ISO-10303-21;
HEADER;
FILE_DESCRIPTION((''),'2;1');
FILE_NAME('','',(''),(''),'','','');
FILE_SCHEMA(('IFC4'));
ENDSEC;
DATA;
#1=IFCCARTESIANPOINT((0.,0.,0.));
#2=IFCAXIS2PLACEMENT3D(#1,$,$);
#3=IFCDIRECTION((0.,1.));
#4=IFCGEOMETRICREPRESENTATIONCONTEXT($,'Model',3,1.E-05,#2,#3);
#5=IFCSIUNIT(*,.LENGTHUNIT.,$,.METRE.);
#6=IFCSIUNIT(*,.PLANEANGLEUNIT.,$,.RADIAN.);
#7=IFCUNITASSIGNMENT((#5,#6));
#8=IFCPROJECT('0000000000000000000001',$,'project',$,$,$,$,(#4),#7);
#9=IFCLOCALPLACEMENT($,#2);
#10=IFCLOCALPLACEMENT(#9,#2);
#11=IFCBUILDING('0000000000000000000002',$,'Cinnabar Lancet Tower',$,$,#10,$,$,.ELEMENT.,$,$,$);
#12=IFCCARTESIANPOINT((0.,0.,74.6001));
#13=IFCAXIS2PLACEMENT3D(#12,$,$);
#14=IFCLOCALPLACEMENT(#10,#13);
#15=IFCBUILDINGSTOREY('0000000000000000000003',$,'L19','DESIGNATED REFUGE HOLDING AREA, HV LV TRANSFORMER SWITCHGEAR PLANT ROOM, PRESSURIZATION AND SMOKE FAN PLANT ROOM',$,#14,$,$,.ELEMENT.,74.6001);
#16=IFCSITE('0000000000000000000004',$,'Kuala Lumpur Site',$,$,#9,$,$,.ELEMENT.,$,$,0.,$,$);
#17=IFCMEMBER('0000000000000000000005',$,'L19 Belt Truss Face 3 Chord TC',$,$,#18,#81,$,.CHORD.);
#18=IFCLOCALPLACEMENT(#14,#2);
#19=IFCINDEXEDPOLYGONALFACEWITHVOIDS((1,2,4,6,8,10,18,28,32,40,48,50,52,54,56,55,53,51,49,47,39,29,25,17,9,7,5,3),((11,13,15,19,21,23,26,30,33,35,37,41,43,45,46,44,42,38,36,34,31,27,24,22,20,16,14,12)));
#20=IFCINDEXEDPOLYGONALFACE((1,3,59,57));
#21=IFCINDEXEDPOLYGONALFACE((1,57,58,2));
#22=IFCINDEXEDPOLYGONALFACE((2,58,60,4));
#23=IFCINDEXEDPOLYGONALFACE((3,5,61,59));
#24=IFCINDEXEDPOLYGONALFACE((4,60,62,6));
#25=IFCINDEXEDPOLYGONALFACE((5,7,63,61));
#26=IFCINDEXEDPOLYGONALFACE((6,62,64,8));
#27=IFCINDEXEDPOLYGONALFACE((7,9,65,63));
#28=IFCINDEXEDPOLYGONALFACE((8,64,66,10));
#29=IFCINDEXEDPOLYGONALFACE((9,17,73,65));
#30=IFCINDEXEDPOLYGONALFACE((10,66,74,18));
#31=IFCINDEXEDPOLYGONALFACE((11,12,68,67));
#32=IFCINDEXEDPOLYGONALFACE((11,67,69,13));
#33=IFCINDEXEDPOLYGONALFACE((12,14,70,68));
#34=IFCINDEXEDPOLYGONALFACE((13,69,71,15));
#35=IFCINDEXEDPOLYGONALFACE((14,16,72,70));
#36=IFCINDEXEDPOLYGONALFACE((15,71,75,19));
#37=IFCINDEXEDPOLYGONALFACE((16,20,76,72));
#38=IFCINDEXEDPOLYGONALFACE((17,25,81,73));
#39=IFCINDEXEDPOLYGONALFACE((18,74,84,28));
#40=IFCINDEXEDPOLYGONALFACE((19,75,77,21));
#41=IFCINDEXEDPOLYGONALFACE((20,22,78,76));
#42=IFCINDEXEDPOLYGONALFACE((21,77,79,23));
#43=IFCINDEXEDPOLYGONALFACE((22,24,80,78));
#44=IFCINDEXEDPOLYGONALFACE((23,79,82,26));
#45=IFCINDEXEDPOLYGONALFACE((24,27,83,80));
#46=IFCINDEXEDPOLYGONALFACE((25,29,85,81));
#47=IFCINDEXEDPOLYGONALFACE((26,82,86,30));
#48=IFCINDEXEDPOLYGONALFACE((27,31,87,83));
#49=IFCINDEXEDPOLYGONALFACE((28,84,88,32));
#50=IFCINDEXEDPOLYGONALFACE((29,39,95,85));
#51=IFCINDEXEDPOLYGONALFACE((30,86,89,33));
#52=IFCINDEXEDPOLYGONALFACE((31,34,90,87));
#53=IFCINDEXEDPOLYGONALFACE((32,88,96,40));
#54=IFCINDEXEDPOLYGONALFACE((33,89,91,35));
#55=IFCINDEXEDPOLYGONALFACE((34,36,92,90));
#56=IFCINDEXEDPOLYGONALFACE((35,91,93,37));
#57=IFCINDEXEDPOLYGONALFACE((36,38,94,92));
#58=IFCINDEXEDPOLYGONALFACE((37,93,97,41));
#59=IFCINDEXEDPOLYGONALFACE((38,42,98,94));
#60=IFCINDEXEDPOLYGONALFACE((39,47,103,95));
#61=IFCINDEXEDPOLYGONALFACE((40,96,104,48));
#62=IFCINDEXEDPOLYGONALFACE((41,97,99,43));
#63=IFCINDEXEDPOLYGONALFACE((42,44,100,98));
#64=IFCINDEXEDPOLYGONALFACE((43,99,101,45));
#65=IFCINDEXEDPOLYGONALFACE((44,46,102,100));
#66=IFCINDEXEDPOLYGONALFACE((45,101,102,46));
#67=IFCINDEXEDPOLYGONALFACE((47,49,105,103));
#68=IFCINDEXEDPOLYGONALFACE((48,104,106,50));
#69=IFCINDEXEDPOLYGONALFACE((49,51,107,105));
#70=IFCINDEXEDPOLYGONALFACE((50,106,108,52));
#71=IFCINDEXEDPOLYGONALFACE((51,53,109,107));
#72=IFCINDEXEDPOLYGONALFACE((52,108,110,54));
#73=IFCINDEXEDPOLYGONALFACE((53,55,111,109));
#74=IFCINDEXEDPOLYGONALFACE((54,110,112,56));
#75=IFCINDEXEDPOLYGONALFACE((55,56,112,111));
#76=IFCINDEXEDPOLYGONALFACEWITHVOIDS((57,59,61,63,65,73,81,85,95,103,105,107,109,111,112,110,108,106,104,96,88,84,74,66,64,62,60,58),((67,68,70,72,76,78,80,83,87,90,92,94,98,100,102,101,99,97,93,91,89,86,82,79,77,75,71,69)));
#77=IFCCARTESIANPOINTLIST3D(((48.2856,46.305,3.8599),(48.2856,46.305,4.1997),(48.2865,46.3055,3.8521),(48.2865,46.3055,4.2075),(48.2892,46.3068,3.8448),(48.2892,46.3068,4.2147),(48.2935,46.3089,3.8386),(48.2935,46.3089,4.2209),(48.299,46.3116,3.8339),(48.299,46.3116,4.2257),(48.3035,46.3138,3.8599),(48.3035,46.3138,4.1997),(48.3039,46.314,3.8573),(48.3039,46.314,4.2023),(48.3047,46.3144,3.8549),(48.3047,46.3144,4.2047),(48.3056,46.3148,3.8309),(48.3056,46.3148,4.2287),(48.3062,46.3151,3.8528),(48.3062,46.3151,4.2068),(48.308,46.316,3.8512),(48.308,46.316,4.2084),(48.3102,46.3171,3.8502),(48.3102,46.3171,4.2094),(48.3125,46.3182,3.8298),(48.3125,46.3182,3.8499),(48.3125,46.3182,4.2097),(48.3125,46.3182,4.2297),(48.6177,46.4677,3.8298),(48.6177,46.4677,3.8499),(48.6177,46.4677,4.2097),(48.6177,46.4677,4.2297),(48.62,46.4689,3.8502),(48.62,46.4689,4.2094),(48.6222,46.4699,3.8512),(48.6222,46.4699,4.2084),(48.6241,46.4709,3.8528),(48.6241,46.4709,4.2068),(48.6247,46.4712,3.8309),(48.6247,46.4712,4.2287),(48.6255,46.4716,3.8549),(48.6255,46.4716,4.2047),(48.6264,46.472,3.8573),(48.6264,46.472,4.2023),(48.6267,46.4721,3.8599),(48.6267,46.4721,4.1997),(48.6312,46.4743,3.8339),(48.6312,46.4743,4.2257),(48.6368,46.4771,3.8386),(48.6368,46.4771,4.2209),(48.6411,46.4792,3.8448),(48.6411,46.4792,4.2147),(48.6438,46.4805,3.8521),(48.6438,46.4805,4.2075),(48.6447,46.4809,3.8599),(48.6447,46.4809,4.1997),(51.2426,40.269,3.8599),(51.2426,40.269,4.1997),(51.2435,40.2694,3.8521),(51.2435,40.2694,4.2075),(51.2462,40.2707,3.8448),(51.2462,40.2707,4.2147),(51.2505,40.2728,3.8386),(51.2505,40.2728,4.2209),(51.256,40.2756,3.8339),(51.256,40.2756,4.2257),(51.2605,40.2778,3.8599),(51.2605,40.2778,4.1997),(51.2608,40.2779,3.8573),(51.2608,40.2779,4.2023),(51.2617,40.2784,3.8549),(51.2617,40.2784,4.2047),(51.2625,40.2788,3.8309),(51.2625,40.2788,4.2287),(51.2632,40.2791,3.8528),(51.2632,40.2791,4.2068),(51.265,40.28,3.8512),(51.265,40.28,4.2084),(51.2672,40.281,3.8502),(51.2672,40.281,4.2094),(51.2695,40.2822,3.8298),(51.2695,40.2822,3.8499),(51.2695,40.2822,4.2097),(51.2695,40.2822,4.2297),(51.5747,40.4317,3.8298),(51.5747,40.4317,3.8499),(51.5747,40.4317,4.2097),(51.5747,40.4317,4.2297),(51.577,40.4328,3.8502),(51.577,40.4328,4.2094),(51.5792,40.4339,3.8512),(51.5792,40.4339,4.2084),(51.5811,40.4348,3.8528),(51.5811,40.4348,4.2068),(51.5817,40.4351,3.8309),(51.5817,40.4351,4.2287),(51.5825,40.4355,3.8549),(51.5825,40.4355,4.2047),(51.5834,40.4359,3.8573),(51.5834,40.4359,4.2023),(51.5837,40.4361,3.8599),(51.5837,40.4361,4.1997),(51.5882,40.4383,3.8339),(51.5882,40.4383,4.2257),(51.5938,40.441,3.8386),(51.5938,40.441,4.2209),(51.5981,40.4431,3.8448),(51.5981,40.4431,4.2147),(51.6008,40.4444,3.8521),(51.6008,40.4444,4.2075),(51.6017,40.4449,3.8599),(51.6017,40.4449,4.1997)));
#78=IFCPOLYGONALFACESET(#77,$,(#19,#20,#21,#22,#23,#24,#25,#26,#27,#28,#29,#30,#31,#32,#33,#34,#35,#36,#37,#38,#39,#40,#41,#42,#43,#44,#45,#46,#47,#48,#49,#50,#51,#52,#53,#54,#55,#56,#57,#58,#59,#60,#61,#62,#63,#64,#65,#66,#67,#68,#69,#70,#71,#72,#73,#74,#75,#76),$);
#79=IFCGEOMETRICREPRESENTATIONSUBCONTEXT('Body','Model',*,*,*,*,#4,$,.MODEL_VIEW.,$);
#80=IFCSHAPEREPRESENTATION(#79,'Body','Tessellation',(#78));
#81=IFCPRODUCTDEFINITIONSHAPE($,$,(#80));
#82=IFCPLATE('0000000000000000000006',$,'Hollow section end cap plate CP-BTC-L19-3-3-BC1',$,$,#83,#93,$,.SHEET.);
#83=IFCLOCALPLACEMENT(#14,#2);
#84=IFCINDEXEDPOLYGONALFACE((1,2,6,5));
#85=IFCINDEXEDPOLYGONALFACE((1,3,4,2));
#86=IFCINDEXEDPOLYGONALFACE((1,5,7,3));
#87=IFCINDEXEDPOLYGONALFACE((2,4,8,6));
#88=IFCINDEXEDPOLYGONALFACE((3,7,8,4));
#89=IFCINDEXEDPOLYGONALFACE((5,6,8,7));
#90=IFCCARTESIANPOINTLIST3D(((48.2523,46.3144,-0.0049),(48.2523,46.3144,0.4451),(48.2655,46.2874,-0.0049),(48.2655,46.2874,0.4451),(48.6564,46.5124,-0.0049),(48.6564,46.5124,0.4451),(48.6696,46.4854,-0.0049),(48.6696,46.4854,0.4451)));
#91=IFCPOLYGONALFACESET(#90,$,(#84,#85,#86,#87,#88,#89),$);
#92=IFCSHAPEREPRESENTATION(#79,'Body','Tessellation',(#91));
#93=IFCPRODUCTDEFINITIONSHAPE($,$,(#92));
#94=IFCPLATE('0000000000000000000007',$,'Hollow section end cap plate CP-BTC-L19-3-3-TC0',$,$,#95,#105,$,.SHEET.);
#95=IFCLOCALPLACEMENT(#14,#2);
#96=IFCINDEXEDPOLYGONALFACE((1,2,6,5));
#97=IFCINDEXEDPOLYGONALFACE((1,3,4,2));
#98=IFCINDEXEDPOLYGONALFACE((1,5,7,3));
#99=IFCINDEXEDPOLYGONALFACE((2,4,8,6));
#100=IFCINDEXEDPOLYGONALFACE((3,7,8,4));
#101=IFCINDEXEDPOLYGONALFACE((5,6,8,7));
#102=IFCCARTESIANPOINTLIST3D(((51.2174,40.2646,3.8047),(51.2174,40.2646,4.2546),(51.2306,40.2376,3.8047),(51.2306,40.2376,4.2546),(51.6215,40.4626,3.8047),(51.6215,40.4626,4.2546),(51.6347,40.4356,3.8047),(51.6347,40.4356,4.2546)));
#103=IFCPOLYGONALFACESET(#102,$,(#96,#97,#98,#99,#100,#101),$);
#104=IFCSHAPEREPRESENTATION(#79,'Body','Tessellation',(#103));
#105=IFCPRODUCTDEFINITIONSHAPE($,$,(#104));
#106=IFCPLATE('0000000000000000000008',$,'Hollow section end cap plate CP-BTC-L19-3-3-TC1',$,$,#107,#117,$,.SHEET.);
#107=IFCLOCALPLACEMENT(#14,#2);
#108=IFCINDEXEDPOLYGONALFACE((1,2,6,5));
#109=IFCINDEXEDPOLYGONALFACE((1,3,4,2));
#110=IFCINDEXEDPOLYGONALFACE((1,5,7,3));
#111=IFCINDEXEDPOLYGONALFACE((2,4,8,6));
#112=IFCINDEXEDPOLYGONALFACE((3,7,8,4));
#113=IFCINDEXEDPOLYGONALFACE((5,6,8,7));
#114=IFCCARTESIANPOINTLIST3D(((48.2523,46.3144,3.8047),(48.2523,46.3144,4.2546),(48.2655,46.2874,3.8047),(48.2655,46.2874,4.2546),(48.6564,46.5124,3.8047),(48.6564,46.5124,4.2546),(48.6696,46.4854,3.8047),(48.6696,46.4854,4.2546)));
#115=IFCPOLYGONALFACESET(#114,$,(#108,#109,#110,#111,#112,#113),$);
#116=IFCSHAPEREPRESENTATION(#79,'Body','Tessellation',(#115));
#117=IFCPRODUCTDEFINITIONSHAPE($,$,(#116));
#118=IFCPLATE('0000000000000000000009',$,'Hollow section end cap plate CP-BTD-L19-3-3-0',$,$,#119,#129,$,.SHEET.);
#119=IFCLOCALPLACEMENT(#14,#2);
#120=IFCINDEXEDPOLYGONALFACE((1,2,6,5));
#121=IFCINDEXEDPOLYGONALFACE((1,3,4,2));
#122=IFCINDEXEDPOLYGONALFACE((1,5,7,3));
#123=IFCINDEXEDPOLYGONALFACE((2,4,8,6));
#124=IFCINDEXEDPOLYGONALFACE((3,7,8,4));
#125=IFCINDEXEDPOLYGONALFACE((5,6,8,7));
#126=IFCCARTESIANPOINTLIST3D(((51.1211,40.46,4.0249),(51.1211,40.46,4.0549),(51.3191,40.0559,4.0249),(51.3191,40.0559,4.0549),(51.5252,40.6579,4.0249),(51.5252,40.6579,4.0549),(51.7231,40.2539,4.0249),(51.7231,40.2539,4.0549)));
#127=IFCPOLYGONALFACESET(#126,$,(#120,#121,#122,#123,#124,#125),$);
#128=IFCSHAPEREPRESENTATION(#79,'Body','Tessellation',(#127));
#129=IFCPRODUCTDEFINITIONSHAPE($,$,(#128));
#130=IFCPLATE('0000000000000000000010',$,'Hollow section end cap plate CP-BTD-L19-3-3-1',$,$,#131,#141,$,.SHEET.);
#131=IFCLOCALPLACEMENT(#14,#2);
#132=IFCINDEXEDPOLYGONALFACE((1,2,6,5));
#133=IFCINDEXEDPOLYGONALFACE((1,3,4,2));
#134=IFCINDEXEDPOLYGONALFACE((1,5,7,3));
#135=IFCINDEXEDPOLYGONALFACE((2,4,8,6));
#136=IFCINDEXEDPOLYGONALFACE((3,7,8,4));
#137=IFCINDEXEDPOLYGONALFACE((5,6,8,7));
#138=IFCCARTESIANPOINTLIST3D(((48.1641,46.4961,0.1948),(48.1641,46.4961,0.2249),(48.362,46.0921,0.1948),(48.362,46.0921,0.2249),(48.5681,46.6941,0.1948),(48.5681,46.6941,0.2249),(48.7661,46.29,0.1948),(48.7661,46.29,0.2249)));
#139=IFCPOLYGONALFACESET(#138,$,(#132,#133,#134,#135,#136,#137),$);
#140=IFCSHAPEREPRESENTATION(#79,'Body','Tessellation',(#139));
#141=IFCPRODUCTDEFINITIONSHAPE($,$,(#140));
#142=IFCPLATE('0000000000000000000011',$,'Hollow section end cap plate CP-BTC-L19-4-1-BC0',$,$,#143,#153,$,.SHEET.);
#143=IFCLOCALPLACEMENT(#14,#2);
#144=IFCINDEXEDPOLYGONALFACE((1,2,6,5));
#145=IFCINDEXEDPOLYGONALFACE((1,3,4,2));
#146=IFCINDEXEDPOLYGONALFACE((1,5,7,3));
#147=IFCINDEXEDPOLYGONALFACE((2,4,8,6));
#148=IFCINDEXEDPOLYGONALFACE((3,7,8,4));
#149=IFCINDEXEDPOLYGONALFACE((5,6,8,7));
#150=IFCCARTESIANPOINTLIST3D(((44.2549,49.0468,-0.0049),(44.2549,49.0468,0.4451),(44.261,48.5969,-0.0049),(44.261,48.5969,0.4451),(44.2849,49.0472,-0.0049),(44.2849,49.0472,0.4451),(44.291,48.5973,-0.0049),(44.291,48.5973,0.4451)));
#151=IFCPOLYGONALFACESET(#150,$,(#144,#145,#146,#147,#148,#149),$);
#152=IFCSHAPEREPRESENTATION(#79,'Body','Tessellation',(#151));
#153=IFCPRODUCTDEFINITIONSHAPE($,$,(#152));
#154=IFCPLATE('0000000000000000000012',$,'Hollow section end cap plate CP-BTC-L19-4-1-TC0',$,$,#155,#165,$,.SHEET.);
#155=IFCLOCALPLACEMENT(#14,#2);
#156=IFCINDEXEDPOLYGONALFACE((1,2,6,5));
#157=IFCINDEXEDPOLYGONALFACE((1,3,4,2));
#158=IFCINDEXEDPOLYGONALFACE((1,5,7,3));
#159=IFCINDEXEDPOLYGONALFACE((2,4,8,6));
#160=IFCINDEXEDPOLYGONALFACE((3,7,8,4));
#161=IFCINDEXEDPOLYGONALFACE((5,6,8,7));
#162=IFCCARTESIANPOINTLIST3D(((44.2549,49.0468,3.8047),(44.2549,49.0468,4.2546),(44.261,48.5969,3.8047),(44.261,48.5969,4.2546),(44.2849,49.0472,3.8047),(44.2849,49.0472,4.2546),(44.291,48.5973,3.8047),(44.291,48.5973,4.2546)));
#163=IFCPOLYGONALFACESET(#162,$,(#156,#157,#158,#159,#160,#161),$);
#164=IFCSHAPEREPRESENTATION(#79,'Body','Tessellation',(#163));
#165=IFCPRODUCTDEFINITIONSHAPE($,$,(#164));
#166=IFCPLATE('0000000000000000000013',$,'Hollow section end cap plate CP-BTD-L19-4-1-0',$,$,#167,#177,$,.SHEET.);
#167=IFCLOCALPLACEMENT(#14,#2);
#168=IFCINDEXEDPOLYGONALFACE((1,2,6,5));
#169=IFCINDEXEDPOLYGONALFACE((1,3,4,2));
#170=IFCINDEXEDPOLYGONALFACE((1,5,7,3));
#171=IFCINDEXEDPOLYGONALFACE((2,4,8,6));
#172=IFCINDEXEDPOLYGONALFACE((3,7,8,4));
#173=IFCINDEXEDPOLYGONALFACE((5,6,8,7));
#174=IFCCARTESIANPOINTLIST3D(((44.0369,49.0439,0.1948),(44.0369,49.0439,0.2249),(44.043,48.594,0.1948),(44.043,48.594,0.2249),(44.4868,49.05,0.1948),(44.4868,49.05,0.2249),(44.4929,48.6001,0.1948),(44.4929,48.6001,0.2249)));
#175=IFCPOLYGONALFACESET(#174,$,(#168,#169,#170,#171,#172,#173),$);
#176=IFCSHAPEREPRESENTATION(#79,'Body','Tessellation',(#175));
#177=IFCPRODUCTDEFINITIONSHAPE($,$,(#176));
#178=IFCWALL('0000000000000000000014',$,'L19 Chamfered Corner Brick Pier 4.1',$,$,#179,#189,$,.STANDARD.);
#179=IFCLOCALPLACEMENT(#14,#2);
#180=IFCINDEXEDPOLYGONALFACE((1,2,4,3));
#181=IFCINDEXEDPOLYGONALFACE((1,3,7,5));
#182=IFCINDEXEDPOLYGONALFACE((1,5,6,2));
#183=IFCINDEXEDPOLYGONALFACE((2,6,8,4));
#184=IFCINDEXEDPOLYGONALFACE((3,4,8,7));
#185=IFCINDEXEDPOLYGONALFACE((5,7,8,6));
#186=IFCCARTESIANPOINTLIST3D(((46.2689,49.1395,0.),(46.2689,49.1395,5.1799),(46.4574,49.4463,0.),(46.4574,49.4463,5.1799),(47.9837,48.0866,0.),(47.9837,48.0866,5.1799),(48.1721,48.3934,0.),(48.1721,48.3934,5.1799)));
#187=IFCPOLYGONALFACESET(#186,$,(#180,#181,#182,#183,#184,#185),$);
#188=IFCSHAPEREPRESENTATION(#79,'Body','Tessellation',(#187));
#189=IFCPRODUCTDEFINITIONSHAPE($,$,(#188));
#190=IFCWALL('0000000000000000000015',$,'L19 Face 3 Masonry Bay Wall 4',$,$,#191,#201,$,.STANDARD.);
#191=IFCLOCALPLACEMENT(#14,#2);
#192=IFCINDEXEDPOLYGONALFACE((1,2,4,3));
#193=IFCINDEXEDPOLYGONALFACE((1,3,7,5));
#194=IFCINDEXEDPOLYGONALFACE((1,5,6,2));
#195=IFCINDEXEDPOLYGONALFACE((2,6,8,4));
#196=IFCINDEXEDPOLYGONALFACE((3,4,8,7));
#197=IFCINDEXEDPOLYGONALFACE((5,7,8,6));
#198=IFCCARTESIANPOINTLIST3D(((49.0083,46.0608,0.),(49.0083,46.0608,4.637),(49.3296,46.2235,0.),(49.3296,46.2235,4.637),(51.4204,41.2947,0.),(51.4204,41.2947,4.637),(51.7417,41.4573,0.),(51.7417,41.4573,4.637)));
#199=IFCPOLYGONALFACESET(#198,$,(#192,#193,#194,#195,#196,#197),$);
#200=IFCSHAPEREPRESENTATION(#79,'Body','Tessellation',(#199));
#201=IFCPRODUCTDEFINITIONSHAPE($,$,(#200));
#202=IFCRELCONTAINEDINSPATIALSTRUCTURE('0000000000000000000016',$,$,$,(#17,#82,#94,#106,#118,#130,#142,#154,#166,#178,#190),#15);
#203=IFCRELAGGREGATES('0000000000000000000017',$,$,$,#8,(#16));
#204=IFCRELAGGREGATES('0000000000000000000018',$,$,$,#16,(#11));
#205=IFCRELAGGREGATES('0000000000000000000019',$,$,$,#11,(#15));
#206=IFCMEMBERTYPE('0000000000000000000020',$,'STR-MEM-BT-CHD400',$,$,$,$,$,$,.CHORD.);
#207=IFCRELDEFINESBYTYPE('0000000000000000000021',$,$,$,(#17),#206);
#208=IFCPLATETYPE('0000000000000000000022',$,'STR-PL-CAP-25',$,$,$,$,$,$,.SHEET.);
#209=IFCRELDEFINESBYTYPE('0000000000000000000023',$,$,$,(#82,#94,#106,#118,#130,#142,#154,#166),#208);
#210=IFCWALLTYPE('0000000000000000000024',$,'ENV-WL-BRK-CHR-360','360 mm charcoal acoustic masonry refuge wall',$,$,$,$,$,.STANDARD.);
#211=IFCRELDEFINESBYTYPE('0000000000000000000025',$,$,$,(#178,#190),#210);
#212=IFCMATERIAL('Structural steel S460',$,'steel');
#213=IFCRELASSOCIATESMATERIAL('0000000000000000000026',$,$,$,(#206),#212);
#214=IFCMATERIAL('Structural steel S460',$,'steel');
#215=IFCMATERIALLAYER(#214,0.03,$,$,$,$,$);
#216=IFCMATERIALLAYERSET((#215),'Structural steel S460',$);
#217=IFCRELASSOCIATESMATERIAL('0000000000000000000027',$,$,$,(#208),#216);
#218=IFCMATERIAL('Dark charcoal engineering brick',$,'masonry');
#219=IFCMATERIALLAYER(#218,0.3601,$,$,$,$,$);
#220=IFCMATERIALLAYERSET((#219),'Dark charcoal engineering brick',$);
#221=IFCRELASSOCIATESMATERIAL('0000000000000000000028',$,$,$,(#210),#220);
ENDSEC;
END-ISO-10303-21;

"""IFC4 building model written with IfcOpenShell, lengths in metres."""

from ifc_helpers import new_model, si_unit, direction, frame, frame_2d, origin, origin_2d, place, context, subcontext, project, spatial, rectangle, hollow_rectangle, extrude, material, layer, layer_set, material_profile, profile_set, type_object, element, save


model = new_model("IFC4")

# Units and contexts
model_context = context("Model", 3, precision=1e-05, world=origin(), true_north=direction((0.0, 1.0)))
body_context = subcontext(model_context, "Body", "Model", "MODEL_VIEW")
ifc_project = project(units=[si_unit("LENGTHUNIT", "METRE"), si_unit("PLANEANGLEUNIT", "RADIAN")], contexts=[model_context])

# Site, building, storey
site_placement = place(None, origin())
site = spatial("IfcSite", under=ifc_project, at=site_placement, Name="Kuala Lumpur Site", CompositionType="ELEMENT", RefElevation=0.0)
building_placement = place(site_placement, origin())
building = spatial("IfcBuilding", under=site, at=building_placement, Name="Cinnabar Lancet Tower", CompositionType="ELEMENT")
storey_placement = place(building_placement, frame((0.0, 0.0, 74.6001)))
storey = spatial("IfcBuildingStorey", under=building, at=storey_placement, Name="L19", Description="DESIGNATED REFUGE HOLDING AREA, HV LV TRANSFORMER SWITCHGEAR PLANT ROOM, PRESSURIZATION AND SMOKE FAN PLANT ROOM", CompositionType="ELEMENT", Elevation=74.6001)

# Member
ifc_material_1 = material(Name="Structural steel S460", Category="steel")
ifc_material_profile_1 = material_profile(ifc_material_1, hollow_rectangle(XDim=0.3999, YDim=0.3999, WallThickness=0.02, InnerFilletRadius=0.01, OuterFilletRadius=0.03, at=origin_2d()), Name="SHS 400x400x20")
ifc_profile_set_1 = profile_set([ifc_material_profile_1], Name="Structural steel S460")
member_type_1 = type_object("IfcMemberType", Name="STR-MEM-BT-CHD400", PredefinedType="CHORD", material=ifc_profile_set_1)
for number, where, z_axis, x_axis, name in (
    (1, (51.4221, 40.3569, 4.0298), (-0.439934, 0.89803, 0.0), (-0.89803, -0.439934, 0.0), "L19 Belt Truss Face 3 Chord TC"),
):
    element("IfcMember", number, at=place(storey_placement, frame(where, z_axis=z_axis, x_axis=x_axis)), inside=storey, type_object=member_type_1, Name=name, PredefinedType="CHORD", context=body_context, shape_type="SweptSolid", body=[
        extrude(hollow_rectangle(XDim=0.3999, YDim=0.3999, WallThickness=0.02, InnerFilletRadius=0.01, OuterFilletRadius=0.03, at=origin_2d()), origin(), (0.0, 0.0, 1.0), 6.7214),
    ])

# Plates
ifc_material_2 = material(Name="Structural steel S460", Category="steel")
ifc_layer_1 = layer(ifc_material_2, 0.03)
ifc_layer_set_1 = layer_set([ifc_layer_1], Name="Structural steel S460")
plate_type = type_object("IfcPlateType", Name="STR-PL-CAP-25", PredefinedType="SHEET", material=ifc_layer_set_1)
for number, where, z_axis, x_axis, name in (
    (2, (48.4609, 46.3999, -0.0049), (0.0, 0.0, 1.0), (-0.439939, 0.898028, 0.0), "Hollow section end cap plate CP-BTC-L19-3-3-BC1"),
    (3, (51.426, 40.3501, 3.8047), (0.0, 0.0, 1.0), (0.439939, -0.898028, 0.0), "Hollow section end cap plate CP-BTC-L19-3-3-TC0"),
    (4, (48.4609, 46.3999, 3.8047), (0.0, 0.0, 1.0), (-0.439939, 0.898028, 0.0), "Hollow section end cap plate CP-BTC-L19-3-3-TC1"),
):
    element("IfcPlate", number, at=place(storey_placement, frame(where, z_axis=z_axis, x_axis=x_axis)), inside=storey, type_object=plate_type, Name=name, PredefinedType="SHEET", context=body_context, shape_type="SweptSolid", body=[
        extrude(rectangle(XDim=0.03, YDim=0.45, at=origin_2d()), origin(), (0.0, 0.0, 1.0), 0.45),
    ])
for number, where, z_axis, x_axis, name in (
    (5, (51.4221, 40.3569, 4.0249), (0.0, 0.0, 1.0), (0.439939, -0.898028, 0.0), "Hollow section end cap plate CP-BTD-L19-3-3-0"),
    (6, (48.4651, 46.3931, 0.1948), (0.0, 0.0, 1.0), (-0.439939, 0.898028, 0.0), "Hollow section end cap plate CP-BTD-L19-3-3-1"),
):
    element("IfcPlate", number, at=place(storey_placement, frame(where, z_axis=z_axis, x_axis=x_axis)), inside=storey, type_object=plate_type, Name=name, PredefinedType="SHEET", context=body_context, shape_type="SweptSolid", body=[
        extrude(rectangle(XDim=0.45, YDim=0.45, at=origin_2d()), origin(), (0.0, 0.0, 1.0), 0.03),
    ])
for number, where, z_axis, x_axis, name in (
    (7, (44.2729, 48.822, -0.0049), (0.0, 0.0, 1.0), (0.999909, 0.013526, 0.0), "Hollow section end cap plate CP-BTC-L19-4-1-BC0"),
    (8, (44.2729, 48.822, 3.8047), (0.0, 0.0, 1.0), (0.999909, 0.013526, 0.0), "Hollow section end cap plate CP-BTC-L19-4-1-TC0"),
):
    element("IfcPlate", number, at=place(storey_placement, frame(where, z_axis=z_axis, x_axis=x_axis)), inside=storey, type_object=plate_type, Name=name, PredefinedType="SHEET", context=body_context, shape_type="SweptSolid", body=[
        extrude(rectangle(XDim=0.03, YDim=0.45, at=origin_2d()), origin(), (0.0, 0.0, 1.0), 0.45),
    ])
plate_placement = place(storey_placement, frame((44.2649, 48.822, 0.1948), z_axis=(0.0, 0.0, 1.0), x_axis=(0.999909, 0.013526, 0.0)))
element("IfcPlate", 9, at=plate_placement, inside=storey, type_object=plate_type, Name="Hollow section end cap plate CP-BTD-L19-4-1-0", PredefinedType="SHEET", context=body_context, shape_type="SweptSolid", body=[
    extrude(rectangle(XDim=0.45, YDim=0.45, at=origin_2d()), origin(), (0.0, 0.0, 1.0), 0.03),
])

# Walls
ifc_material_3 = material(Name="Dark charcoal engineering brick", Category="masonry")
ifc_layer_2 = layer(ifc_material_3, 0.3601)
ifc_layer_set_2 = layer_set([ifc_layer_2], Name="Dark charcoal engineering brick")
wall_type = type_object("IfcWallType", Name="ENV-WL-BRK-CHR-360", Description="360 mm charcoal acoustic masonry refuge wall", PredefinedType="STANDARD", material=ifc_layer_set_2)
wall_1_placement = place(storey_placement, frame((48.0779, 48.24, 0.0), z_axis=(0.0, 0.0, 1.0), x_axis=(-0.85217, 0.523265, 0.0)))
element("IfcWall", 10, at=wall_1_placement, inside=storey, type_object=wall_type, Name="L19 Chamfered Corner Brick Pier 4.1", PredefinedType="STANDARD", context=body_context, shape_type="SweptSolid", body=[
    extrude(rectangle(XDim=2.0122, YDim=0.3601, at=frame_2d((1.0061, 0.0))), origin(), (0.0, 0.0, 1.0), 5.1799),
])
wall_2_placement = place(storey_placement, frame((51.5811, 41.376, 0.0), z_axis=(0.0, 0.0, 1.0), x_axis=(-0.451559, 0.892241, 0.0)))
element("IfcWall", 11, at=wall_2_placement, inside=storey, type_object=wall_type, Name="L19 Face 3 Masonry Bay Wall 4", PredefinedType="STANDARD", context=body_context, shape_type="SweptSolid", body=[
    extrude(rectangle(XDim=5.3418, YDim=0.3601, at=frame_2d((2.6709, 0.0))), origin(), (0.0, 0.0, 1.0), 4.637),
])

save(model, "model.ifc")
